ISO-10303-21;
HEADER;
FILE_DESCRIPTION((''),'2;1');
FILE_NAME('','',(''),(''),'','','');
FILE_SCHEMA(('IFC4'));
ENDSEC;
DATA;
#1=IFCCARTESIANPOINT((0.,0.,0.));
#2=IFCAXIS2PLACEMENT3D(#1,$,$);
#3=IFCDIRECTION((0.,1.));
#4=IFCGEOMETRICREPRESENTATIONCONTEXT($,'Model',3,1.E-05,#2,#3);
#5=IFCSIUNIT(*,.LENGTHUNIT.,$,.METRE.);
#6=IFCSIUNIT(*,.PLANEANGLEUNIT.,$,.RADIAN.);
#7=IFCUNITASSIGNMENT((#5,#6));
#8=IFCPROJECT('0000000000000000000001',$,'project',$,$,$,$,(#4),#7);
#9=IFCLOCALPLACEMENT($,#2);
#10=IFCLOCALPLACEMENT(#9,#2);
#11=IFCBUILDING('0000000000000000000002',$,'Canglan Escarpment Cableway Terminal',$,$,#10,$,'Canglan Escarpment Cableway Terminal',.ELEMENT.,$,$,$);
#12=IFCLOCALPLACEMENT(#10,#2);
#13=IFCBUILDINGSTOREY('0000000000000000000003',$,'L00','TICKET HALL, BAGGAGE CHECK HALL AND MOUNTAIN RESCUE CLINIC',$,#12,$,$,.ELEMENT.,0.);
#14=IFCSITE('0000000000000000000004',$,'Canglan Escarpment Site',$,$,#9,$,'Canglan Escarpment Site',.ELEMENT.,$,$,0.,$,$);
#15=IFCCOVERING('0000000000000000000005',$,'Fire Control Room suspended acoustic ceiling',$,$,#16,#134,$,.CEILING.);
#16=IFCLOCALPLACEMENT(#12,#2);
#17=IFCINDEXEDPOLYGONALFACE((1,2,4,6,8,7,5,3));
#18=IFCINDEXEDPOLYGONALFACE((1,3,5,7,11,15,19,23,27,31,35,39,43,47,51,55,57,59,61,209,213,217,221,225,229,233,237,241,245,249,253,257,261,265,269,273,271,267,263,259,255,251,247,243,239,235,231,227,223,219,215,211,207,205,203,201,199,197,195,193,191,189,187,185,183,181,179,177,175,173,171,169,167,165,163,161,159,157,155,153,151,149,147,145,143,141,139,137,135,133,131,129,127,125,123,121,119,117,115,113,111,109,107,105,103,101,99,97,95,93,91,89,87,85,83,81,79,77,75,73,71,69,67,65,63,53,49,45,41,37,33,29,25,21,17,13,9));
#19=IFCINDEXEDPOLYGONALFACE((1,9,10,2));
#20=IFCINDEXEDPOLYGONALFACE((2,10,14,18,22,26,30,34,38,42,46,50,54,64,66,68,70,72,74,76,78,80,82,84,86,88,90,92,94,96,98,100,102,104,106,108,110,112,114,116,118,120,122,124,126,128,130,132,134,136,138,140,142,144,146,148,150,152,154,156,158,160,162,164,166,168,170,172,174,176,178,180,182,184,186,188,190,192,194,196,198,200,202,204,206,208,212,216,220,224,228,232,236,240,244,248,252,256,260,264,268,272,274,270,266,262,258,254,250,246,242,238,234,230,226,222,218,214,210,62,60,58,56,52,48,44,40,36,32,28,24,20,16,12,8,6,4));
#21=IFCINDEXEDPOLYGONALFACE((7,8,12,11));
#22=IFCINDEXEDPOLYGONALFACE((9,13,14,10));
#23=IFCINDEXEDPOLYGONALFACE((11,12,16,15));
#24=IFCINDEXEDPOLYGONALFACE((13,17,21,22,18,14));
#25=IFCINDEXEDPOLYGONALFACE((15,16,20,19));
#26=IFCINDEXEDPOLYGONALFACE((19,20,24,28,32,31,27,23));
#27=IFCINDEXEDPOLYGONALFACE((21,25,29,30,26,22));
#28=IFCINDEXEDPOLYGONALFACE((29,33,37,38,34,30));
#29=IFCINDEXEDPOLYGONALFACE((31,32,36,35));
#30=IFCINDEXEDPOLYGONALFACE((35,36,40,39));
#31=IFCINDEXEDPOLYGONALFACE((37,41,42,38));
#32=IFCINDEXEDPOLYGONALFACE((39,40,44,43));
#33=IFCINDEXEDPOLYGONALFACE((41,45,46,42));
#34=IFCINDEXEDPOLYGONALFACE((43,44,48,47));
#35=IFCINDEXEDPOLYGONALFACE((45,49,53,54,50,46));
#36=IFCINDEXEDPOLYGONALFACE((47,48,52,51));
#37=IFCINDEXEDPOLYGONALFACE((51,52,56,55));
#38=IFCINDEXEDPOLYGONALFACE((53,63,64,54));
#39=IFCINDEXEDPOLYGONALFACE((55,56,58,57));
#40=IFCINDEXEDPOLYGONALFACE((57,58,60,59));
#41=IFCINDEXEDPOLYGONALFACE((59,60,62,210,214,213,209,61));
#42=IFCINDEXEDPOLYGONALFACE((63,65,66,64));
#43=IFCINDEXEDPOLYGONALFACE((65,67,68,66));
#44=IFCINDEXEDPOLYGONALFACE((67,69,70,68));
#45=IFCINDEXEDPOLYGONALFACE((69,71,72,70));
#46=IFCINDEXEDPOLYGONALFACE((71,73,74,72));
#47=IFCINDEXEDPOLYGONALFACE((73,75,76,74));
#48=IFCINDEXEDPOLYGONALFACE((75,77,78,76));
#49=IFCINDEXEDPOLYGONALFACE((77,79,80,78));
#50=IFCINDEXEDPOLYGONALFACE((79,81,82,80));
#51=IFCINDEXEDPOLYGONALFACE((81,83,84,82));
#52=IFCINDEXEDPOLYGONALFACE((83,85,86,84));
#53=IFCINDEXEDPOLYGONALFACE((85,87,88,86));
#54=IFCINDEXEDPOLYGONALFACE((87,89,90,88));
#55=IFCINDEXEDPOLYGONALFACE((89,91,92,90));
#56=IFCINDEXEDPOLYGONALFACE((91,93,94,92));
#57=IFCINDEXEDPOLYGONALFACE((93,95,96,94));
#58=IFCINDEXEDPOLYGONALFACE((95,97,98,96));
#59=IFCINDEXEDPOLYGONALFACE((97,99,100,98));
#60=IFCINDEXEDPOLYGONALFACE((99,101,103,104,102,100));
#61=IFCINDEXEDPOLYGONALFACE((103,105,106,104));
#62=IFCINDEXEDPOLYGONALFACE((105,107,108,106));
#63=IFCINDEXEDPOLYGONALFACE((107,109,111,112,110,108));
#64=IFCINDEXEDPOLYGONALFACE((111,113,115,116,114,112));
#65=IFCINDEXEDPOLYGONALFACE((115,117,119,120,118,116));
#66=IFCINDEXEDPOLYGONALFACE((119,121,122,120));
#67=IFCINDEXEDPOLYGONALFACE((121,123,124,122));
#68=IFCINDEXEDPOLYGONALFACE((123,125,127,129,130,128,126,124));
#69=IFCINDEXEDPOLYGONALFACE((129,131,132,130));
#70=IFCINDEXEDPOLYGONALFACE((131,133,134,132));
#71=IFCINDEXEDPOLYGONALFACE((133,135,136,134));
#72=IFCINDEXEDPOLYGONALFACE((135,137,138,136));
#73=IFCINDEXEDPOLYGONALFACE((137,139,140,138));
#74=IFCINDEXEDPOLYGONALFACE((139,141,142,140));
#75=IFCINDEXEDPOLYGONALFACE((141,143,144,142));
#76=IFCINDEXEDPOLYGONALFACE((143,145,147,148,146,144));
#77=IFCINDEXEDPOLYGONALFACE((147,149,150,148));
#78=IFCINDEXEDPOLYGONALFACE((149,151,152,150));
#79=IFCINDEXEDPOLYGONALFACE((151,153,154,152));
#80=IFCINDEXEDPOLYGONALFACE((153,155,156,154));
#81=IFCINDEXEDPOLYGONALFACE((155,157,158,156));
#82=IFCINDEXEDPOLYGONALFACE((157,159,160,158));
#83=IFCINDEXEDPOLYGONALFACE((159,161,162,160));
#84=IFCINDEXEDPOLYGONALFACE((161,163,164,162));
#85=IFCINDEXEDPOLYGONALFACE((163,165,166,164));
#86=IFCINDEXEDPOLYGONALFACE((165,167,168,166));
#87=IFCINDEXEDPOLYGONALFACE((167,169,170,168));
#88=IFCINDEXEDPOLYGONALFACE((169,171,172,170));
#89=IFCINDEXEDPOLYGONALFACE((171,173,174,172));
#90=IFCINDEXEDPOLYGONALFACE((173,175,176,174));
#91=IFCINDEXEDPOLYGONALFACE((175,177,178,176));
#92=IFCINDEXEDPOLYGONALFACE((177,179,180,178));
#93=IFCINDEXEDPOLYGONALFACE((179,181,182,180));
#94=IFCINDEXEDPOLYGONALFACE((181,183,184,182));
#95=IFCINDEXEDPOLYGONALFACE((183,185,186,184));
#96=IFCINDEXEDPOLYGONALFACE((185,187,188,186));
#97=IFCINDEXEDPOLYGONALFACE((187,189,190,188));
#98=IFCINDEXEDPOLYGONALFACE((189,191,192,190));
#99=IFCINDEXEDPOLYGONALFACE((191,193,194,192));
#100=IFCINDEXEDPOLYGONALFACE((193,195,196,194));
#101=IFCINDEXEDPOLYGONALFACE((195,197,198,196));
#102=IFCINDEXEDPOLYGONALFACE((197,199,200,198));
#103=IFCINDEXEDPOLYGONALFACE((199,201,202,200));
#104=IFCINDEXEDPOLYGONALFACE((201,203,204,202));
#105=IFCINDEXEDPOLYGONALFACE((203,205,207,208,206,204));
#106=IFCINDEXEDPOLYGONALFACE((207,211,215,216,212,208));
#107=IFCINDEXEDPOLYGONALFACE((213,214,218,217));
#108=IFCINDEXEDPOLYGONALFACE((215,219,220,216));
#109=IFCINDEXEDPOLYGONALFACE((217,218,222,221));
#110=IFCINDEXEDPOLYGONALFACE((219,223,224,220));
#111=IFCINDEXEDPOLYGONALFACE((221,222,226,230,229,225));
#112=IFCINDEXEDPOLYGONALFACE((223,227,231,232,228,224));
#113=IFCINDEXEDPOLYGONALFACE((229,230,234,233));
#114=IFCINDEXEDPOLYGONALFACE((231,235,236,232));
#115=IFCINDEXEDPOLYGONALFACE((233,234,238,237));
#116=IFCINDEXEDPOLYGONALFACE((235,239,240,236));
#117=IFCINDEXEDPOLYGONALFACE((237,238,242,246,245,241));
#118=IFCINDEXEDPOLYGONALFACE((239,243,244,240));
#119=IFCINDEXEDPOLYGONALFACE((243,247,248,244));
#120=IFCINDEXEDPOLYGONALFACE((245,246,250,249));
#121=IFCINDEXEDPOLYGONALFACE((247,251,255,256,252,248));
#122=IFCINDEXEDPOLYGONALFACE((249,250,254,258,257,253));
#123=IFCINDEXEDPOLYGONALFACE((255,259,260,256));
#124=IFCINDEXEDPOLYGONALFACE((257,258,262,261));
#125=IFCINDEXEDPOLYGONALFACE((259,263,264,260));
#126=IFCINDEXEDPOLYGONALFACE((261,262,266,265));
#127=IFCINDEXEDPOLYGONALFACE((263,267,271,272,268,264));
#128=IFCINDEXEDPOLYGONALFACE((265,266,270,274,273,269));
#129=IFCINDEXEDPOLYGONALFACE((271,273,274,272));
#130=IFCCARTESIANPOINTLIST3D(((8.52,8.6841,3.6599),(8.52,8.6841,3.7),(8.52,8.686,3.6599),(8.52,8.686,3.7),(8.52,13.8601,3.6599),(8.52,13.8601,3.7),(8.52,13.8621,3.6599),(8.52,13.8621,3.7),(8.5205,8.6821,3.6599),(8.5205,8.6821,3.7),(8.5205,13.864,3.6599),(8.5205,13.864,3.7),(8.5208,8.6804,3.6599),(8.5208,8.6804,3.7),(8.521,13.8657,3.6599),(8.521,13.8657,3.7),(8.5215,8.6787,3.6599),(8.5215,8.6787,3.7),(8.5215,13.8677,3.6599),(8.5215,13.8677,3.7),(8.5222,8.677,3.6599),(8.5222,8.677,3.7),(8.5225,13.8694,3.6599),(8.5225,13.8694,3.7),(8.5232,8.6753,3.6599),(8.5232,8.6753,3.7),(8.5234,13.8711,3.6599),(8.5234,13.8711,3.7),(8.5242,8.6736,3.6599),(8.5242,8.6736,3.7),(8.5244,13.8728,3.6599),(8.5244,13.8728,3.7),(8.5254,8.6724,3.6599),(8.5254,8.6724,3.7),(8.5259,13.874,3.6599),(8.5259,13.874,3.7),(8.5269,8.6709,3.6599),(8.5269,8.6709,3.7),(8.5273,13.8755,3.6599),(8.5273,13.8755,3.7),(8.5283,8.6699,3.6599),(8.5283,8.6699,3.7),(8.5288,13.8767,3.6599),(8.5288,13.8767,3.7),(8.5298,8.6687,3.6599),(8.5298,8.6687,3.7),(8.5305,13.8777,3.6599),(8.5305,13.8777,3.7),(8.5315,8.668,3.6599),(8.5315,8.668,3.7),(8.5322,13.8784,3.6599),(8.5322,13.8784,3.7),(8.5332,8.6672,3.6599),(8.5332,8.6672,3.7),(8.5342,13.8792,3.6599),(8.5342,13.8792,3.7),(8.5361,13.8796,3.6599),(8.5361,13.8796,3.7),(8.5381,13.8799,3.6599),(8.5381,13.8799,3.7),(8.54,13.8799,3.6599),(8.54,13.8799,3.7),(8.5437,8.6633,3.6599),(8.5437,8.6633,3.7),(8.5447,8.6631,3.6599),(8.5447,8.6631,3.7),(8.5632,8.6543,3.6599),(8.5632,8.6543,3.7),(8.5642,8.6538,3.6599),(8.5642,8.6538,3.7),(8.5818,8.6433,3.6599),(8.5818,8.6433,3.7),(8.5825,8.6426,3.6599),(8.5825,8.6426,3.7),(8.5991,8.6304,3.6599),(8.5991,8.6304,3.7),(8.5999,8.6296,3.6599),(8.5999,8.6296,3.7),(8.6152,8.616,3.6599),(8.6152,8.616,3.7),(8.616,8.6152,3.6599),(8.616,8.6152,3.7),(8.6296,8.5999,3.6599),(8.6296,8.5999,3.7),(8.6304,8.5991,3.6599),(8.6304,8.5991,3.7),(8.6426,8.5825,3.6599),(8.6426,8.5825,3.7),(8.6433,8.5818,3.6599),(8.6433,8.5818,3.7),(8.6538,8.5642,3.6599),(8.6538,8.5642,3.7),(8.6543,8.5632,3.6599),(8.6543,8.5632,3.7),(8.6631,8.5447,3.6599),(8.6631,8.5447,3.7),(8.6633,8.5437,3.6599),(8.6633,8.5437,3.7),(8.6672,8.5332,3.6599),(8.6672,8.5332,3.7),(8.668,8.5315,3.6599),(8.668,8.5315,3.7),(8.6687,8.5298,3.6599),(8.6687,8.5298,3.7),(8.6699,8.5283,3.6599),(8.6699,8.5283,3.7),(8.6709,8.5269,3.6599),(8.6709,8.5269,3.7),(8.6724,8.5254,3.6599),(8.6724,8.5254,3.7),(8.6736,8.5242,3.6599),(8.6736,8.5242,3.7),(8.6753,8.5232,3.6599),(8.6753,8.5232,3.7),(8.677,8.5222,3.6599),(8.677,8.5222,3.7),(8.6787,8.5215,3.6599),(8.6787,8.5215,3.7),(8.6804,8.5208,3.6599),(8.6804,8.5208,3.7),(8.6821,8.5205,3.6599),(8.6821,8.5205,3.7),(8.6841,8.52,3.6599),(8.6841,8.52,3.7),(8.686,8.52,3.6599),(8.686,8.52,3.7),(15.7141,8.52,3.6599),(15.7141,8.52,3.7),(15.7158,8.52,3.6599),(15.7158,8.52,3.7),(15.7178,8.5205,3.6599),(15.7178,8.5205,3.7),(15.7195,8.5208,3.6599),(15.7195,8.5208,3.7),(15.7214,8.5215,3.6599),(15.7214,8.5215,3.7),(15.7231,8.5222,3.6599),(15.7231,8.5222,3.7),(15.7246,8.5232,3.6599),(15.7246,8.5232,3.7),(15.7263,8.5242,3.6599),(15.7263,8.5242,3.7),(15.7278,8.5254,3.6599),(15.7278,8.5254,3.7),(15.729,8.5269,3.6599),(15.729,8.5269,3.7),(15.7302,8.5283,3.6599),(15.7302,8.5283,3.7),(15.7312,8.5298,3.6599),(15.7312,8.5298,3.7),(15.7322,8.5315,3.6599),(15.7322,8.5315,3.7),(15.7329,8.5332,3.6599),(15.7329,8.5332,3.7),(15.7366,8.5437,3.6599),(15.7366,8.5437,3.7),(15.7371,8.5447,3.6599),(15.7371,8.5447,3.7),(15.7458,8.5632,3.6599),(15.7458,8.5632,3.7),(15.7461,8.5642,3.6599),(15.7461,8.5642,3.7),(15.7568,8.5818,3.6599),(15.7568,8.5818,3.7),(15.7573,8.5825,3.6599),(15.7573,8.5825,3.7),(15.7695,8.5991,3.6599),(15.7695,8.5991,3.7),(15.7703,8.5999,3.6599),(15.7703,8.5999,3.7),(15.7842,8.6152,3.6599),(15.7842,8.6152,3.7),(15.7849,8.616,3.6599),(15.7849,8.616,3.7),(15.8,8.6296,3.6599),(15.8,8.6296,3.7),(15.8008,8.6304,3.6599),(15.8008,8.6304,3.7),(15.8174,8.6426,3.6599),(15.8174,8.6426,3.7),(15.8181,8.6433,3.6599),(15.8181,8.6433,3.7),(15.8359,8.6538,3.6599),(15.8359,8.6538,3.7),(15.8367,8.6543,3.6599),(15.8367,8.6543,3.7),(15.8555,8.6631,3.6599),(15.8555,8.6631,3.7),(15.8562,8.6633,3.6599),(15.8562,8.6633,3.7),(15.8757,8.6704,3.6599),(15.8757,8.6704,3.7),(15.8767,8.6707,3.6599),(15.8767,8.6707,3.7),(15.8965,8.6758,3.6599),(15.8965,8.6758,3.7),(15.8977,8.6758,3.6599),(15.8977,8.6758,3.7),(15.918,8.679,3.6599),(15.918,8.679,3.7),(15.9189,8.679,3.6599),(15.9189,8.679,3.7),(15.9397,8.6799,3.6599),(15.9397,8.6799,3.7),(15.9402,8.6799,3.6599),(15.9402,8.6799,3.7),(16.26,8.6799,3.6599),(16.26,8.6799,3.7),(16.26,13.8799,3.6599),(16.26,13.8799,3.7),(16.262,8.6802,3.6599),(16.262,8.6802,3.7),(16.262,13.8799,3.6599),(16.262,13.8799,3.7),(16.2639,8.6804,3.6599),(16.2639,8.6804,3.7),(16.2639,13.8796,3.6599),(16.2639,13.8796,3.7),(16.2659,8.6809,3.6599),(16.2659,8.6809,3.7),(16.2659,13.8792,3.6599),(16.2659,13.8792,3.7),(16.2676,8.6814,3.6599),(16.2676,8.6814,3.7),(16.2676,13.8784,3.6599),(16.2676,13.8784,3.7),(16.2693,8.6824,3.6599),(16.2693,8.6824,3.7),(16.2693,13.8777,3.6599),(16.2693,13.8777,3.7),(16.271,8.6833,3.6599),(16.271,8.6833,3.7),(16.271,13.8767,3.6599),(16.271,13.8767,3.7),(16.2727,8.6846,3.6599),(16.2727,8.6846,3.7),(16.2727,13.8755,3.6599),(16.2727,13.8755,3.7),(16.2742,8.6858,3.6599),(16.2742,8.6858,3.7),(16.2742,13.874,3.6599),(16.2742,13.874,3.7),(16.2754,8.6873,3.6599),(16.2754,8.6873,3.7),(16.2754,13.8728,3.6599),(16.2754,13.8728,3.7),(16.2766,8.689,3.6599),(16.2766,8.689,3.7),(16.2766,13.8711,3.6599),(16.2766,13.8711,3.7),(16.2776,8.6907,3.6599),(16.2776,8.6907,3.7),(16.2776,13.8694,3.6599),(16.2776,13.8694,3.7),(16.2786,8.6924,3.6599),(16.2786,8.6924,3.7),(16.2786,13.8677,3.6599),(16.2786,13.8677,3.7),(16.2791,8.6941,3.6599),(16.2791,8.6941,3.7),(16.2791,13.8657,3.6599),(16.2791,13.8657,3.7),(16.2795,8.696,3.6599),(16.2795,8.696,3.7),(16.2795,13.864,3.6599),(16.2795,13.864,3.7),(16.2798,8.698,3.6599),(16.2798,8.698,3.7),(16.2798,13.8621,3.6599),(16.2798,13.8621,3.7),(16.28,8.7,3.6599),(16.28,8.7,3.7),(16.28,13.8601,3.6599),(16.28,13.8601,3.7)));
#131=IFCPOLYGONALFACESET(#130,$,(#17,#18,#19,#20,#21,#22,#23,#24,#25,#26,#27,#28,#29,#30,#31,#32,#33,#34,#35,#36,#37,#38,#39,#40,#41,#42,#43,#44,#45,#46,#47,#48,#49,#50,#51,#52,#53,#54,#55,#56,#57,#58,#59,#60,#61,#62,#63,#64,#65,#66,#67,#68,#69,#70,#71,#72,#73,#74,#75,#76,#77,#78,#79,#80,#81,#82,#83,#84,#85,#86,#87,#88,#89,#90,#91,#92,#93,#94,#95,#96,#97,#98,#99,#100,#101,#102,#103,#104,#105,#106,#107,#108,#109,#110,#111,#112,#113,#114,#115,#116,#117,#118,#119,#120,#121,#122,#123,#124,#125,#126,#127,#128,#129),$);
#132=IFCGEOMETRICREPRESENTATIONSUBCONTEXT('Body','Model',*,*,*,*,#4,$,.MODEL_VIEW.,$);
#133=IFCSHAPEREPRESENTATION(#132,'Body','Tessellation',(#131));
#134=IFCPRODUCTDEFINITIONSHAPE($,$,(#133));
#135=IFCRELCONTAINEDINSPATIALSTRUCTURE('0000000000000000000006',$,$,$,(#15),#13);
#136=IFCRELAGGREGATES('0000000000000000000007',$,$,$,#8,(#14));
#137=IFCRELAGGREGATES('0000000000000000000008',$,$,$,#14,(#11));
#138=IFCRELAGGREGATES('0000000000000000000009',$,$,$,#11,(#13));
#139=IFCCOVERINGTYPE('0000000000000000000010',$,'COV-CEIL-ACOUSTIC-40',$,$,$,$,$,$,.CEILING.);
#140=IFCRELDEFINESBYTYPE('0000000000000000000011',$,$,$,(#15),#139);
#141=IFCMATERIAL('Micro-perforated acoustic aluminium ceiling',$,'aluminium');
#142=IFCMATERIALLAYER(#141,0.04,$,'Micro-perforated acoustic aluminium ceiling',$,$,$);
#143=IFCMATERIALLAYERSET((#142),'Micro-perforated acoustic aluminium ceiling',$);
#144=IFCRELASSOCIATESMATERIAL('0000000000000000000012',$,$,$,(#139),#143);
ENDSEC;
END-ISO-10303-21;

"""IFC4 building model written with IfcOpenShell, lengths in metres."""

from ifc_helpers import new_model, si_unit, direction, frame, origin, place, context, subcontext, project, spatial, polyline, outline, extrude, material, layer, layer_set, type_object, element, save


model = new_model("IFC4")

# Units and contexts
model_context = context("Model", 3, precision=1e-05, world=origin(), true_north=direction((0.0, 1.0)))
body_context = subcontext(model_context, "Body", "Model", "MODEL_VIEW")
ifc_project = project(units=[si_unit("LENGTHUNIT", "METRE"), si_unit("PLANEANGLEUNIT", "RADIAN")], contexts=[model_context])

# Site, building, storey
site_placement = place(None, origin())
site = spatial("IfcSite", under=ifc_project, at=site_placement, Name="Canglan Escarpment Site", LongName="Canglan Escarpment Site", CompositionType="ELEMENT", RefElevation=0.0)
building_placement = place(site_placement, origin())
building = spatial("IfcBuilding", under=site, at=building_placement, Name="Canglan Escarpment Cableway Terminal", LongName="Canglan Escarpment Cableway Terminal", CompositionType="ELEMENT")
storey_placement = place(building_placement, origin())
storey = spatial("IfcBuildingStorey", under=building, at=storey_placement, Name="L00", Description="TICKET HALL, BAGGAGE CHECK HALL AND MOUNTAIN RESCUE CLINIC", CompositionType="ELEMENT", Elevation=0.0)

# Covering
ifc_material_1 = material(Name="Micro-perforated acoustic aluminium ceiling", Category="aluminium")
ifc_layer_1 = layer(ifc_material_1, 0.04, Name="Micro-perforated acoustic aluminium ceiling")
ifc_layer_set_1 = layer_set([ifc_layer_1], Name="Micro-perforated acoustic aluminium ceiling")
covering_type_1 = type_object("IfcCoveringType", Name="COV-CEIL-ACOUSTIC-40", PredefinedType="CEILING", material=ifc_layer_set_1)
covering_1_placement = place(storey_placement, frame((0.0, 0.0, 3.6599)))
element("IfcCovering", 1, at=covering_1_placement, inside=storey, type_object=covering_type_1, Name="Fire Control Room suspended acoustic ceiling", PredefinedType="CEILING", context=body_context, shape_type="SweptSolid", body=[
    extrude(outline(polyline([(8.5332, 8.6672), (8.5315, 8.668), (8.5298, 8.6687), (8.5283, 8.6699), (8.5269, 8.6709), (8.5254, 8.6724), (8.5242, 8.6736), (8.5232, 8.6753), (8.5222, 8.677), (8.5215, 8.6787), (8.5208, 8.6804), (8.5205, 8.6821), (8.52, 8.6841), (8.52, 8.686), (8.52, 13.8601), (8.52, 13.8621), (8.5205, 13.864), (8.521, 13.8657), (8.5215, 13.8677), (8.5225, 13.8694), (8.5234, 13.8711), (8.5244, 13.8728), (8.5259, 13.874), (8.5273, 13.8755), (8.5288, 13.8767), (8.5305, 13.8777), (8.5322, 13.8784), (8.5342, 13.8792), (8.5361, 13.8796), (8.5381, 13.8799), (8.54, 13.8799), (16.26, 13.8799), (16.262, 13.8799), (16.2639, 13.8796), (16.2659, 13.8792), (16.2676, 13.8784), (16.2693, 13.8777), (16.271, 13.8767), (16.2727, 13.8755), (16.2742, 13.874), (16.2754, 13.8728), (16.2766, 13.8711), (16.2776, 13.8694), (16.2786, 13.8677), (16.2791, 13.8657), (16.2795, 13.864), (16.2798, 13.8621), (16.28, 13.8601), (16.28, 8.7), (16.2798, 8.698), (16.2795, 8.696), (16.2791, 8.6941), (16.2786, 8.6924), (16.2776, 8.6907), (16.2766, 8.689), (16.2754, 8.6873), (16.2742, 8.6858), (16.2727, 8.6846), (16.271, 8.6833), (16.2693, 8.6824), (16.2676, 8.6814), (16.2659, 8.6809), (16.2639, 8.6804), (16.262, 8.6802), (16.26, 8.6799), (15.9402, 8.6799), (15.9397, 8.6799), (15.9189, 8.679), (15.918, 8.679), (15.8977, 8.6758), (15.8965, 8.6758), (15.8767, 8.6707), (15.8757, 8.6704), (15.8562, 8.6633), (15.8555, 8.6631), (15.8367, 8.6543), (15.8359, 8.6538), (15.8181, 8.6433), (15.8174, 8.6426), (15.8008, 8.6304), (15.8, 8.6296), (15.7849, 8.616), (15.7842, 8.6152), (15.7703, 8.5999), (15.7695, 8.5991), (15.7573, 8.5825), (15.7568, 8.5818), (15.7461, 8.5642), (15.7458, 8.5632), (15.7371, 8.5447), (15.7366, 8.5437), (15.7329, 8.5332), (15.7322, 8.5315), (15.7312, 8.5298), (15.7302, 8.5283), (15.729, 8.5269), (15.7278, 8.5254), (15.7263, 8.5242), (15.7246, 8.5232), (15.7231, 8.5222), (15.7214, 8.5215), (15.7195, 8.5208), (15.7178, 8.5205), (15.7158, 8.52), (15.7141, 8.52), (8.686, 8.52), (8.6841, 8.52), (8.6821, 8.5205), (8.6804, 8.5208), (8.6787, 8.5215), (8.677, 8.5222), (8.6753, 8.5232), (8.6736, 8.5242), (8.6724, 8.5254), (8.6709, 8.5269), (8.6699, 8.5283), (8.6687, 8.5298), (8.668, 8.5315), (8.6672, 8.5332), (8.6633, 8.5437), (8.6631, 8.5447), (8.6543, 8.5632), (8.6538, 8.5642), (8.6433, 8.5818), (8.6426, 8.5825), (8.6304, 8.5991), (8.6296, 8.5999), (8.616, 8.6152), (8.6152, 8.616), (8.5999, 8.6296), (8.5991, 8.6304), (8.5825, 8.6426), (8.5818, 8.6433), (8.5642, 8.6538), (8.5632, 8.6543), (8.5447, 8.6631), (8.5437, 8.6633), (8.5332, 8.6672)])), origin(), (0.0, 0.0, 1.0), 0.04),
])

save(model, "model.ifc")
